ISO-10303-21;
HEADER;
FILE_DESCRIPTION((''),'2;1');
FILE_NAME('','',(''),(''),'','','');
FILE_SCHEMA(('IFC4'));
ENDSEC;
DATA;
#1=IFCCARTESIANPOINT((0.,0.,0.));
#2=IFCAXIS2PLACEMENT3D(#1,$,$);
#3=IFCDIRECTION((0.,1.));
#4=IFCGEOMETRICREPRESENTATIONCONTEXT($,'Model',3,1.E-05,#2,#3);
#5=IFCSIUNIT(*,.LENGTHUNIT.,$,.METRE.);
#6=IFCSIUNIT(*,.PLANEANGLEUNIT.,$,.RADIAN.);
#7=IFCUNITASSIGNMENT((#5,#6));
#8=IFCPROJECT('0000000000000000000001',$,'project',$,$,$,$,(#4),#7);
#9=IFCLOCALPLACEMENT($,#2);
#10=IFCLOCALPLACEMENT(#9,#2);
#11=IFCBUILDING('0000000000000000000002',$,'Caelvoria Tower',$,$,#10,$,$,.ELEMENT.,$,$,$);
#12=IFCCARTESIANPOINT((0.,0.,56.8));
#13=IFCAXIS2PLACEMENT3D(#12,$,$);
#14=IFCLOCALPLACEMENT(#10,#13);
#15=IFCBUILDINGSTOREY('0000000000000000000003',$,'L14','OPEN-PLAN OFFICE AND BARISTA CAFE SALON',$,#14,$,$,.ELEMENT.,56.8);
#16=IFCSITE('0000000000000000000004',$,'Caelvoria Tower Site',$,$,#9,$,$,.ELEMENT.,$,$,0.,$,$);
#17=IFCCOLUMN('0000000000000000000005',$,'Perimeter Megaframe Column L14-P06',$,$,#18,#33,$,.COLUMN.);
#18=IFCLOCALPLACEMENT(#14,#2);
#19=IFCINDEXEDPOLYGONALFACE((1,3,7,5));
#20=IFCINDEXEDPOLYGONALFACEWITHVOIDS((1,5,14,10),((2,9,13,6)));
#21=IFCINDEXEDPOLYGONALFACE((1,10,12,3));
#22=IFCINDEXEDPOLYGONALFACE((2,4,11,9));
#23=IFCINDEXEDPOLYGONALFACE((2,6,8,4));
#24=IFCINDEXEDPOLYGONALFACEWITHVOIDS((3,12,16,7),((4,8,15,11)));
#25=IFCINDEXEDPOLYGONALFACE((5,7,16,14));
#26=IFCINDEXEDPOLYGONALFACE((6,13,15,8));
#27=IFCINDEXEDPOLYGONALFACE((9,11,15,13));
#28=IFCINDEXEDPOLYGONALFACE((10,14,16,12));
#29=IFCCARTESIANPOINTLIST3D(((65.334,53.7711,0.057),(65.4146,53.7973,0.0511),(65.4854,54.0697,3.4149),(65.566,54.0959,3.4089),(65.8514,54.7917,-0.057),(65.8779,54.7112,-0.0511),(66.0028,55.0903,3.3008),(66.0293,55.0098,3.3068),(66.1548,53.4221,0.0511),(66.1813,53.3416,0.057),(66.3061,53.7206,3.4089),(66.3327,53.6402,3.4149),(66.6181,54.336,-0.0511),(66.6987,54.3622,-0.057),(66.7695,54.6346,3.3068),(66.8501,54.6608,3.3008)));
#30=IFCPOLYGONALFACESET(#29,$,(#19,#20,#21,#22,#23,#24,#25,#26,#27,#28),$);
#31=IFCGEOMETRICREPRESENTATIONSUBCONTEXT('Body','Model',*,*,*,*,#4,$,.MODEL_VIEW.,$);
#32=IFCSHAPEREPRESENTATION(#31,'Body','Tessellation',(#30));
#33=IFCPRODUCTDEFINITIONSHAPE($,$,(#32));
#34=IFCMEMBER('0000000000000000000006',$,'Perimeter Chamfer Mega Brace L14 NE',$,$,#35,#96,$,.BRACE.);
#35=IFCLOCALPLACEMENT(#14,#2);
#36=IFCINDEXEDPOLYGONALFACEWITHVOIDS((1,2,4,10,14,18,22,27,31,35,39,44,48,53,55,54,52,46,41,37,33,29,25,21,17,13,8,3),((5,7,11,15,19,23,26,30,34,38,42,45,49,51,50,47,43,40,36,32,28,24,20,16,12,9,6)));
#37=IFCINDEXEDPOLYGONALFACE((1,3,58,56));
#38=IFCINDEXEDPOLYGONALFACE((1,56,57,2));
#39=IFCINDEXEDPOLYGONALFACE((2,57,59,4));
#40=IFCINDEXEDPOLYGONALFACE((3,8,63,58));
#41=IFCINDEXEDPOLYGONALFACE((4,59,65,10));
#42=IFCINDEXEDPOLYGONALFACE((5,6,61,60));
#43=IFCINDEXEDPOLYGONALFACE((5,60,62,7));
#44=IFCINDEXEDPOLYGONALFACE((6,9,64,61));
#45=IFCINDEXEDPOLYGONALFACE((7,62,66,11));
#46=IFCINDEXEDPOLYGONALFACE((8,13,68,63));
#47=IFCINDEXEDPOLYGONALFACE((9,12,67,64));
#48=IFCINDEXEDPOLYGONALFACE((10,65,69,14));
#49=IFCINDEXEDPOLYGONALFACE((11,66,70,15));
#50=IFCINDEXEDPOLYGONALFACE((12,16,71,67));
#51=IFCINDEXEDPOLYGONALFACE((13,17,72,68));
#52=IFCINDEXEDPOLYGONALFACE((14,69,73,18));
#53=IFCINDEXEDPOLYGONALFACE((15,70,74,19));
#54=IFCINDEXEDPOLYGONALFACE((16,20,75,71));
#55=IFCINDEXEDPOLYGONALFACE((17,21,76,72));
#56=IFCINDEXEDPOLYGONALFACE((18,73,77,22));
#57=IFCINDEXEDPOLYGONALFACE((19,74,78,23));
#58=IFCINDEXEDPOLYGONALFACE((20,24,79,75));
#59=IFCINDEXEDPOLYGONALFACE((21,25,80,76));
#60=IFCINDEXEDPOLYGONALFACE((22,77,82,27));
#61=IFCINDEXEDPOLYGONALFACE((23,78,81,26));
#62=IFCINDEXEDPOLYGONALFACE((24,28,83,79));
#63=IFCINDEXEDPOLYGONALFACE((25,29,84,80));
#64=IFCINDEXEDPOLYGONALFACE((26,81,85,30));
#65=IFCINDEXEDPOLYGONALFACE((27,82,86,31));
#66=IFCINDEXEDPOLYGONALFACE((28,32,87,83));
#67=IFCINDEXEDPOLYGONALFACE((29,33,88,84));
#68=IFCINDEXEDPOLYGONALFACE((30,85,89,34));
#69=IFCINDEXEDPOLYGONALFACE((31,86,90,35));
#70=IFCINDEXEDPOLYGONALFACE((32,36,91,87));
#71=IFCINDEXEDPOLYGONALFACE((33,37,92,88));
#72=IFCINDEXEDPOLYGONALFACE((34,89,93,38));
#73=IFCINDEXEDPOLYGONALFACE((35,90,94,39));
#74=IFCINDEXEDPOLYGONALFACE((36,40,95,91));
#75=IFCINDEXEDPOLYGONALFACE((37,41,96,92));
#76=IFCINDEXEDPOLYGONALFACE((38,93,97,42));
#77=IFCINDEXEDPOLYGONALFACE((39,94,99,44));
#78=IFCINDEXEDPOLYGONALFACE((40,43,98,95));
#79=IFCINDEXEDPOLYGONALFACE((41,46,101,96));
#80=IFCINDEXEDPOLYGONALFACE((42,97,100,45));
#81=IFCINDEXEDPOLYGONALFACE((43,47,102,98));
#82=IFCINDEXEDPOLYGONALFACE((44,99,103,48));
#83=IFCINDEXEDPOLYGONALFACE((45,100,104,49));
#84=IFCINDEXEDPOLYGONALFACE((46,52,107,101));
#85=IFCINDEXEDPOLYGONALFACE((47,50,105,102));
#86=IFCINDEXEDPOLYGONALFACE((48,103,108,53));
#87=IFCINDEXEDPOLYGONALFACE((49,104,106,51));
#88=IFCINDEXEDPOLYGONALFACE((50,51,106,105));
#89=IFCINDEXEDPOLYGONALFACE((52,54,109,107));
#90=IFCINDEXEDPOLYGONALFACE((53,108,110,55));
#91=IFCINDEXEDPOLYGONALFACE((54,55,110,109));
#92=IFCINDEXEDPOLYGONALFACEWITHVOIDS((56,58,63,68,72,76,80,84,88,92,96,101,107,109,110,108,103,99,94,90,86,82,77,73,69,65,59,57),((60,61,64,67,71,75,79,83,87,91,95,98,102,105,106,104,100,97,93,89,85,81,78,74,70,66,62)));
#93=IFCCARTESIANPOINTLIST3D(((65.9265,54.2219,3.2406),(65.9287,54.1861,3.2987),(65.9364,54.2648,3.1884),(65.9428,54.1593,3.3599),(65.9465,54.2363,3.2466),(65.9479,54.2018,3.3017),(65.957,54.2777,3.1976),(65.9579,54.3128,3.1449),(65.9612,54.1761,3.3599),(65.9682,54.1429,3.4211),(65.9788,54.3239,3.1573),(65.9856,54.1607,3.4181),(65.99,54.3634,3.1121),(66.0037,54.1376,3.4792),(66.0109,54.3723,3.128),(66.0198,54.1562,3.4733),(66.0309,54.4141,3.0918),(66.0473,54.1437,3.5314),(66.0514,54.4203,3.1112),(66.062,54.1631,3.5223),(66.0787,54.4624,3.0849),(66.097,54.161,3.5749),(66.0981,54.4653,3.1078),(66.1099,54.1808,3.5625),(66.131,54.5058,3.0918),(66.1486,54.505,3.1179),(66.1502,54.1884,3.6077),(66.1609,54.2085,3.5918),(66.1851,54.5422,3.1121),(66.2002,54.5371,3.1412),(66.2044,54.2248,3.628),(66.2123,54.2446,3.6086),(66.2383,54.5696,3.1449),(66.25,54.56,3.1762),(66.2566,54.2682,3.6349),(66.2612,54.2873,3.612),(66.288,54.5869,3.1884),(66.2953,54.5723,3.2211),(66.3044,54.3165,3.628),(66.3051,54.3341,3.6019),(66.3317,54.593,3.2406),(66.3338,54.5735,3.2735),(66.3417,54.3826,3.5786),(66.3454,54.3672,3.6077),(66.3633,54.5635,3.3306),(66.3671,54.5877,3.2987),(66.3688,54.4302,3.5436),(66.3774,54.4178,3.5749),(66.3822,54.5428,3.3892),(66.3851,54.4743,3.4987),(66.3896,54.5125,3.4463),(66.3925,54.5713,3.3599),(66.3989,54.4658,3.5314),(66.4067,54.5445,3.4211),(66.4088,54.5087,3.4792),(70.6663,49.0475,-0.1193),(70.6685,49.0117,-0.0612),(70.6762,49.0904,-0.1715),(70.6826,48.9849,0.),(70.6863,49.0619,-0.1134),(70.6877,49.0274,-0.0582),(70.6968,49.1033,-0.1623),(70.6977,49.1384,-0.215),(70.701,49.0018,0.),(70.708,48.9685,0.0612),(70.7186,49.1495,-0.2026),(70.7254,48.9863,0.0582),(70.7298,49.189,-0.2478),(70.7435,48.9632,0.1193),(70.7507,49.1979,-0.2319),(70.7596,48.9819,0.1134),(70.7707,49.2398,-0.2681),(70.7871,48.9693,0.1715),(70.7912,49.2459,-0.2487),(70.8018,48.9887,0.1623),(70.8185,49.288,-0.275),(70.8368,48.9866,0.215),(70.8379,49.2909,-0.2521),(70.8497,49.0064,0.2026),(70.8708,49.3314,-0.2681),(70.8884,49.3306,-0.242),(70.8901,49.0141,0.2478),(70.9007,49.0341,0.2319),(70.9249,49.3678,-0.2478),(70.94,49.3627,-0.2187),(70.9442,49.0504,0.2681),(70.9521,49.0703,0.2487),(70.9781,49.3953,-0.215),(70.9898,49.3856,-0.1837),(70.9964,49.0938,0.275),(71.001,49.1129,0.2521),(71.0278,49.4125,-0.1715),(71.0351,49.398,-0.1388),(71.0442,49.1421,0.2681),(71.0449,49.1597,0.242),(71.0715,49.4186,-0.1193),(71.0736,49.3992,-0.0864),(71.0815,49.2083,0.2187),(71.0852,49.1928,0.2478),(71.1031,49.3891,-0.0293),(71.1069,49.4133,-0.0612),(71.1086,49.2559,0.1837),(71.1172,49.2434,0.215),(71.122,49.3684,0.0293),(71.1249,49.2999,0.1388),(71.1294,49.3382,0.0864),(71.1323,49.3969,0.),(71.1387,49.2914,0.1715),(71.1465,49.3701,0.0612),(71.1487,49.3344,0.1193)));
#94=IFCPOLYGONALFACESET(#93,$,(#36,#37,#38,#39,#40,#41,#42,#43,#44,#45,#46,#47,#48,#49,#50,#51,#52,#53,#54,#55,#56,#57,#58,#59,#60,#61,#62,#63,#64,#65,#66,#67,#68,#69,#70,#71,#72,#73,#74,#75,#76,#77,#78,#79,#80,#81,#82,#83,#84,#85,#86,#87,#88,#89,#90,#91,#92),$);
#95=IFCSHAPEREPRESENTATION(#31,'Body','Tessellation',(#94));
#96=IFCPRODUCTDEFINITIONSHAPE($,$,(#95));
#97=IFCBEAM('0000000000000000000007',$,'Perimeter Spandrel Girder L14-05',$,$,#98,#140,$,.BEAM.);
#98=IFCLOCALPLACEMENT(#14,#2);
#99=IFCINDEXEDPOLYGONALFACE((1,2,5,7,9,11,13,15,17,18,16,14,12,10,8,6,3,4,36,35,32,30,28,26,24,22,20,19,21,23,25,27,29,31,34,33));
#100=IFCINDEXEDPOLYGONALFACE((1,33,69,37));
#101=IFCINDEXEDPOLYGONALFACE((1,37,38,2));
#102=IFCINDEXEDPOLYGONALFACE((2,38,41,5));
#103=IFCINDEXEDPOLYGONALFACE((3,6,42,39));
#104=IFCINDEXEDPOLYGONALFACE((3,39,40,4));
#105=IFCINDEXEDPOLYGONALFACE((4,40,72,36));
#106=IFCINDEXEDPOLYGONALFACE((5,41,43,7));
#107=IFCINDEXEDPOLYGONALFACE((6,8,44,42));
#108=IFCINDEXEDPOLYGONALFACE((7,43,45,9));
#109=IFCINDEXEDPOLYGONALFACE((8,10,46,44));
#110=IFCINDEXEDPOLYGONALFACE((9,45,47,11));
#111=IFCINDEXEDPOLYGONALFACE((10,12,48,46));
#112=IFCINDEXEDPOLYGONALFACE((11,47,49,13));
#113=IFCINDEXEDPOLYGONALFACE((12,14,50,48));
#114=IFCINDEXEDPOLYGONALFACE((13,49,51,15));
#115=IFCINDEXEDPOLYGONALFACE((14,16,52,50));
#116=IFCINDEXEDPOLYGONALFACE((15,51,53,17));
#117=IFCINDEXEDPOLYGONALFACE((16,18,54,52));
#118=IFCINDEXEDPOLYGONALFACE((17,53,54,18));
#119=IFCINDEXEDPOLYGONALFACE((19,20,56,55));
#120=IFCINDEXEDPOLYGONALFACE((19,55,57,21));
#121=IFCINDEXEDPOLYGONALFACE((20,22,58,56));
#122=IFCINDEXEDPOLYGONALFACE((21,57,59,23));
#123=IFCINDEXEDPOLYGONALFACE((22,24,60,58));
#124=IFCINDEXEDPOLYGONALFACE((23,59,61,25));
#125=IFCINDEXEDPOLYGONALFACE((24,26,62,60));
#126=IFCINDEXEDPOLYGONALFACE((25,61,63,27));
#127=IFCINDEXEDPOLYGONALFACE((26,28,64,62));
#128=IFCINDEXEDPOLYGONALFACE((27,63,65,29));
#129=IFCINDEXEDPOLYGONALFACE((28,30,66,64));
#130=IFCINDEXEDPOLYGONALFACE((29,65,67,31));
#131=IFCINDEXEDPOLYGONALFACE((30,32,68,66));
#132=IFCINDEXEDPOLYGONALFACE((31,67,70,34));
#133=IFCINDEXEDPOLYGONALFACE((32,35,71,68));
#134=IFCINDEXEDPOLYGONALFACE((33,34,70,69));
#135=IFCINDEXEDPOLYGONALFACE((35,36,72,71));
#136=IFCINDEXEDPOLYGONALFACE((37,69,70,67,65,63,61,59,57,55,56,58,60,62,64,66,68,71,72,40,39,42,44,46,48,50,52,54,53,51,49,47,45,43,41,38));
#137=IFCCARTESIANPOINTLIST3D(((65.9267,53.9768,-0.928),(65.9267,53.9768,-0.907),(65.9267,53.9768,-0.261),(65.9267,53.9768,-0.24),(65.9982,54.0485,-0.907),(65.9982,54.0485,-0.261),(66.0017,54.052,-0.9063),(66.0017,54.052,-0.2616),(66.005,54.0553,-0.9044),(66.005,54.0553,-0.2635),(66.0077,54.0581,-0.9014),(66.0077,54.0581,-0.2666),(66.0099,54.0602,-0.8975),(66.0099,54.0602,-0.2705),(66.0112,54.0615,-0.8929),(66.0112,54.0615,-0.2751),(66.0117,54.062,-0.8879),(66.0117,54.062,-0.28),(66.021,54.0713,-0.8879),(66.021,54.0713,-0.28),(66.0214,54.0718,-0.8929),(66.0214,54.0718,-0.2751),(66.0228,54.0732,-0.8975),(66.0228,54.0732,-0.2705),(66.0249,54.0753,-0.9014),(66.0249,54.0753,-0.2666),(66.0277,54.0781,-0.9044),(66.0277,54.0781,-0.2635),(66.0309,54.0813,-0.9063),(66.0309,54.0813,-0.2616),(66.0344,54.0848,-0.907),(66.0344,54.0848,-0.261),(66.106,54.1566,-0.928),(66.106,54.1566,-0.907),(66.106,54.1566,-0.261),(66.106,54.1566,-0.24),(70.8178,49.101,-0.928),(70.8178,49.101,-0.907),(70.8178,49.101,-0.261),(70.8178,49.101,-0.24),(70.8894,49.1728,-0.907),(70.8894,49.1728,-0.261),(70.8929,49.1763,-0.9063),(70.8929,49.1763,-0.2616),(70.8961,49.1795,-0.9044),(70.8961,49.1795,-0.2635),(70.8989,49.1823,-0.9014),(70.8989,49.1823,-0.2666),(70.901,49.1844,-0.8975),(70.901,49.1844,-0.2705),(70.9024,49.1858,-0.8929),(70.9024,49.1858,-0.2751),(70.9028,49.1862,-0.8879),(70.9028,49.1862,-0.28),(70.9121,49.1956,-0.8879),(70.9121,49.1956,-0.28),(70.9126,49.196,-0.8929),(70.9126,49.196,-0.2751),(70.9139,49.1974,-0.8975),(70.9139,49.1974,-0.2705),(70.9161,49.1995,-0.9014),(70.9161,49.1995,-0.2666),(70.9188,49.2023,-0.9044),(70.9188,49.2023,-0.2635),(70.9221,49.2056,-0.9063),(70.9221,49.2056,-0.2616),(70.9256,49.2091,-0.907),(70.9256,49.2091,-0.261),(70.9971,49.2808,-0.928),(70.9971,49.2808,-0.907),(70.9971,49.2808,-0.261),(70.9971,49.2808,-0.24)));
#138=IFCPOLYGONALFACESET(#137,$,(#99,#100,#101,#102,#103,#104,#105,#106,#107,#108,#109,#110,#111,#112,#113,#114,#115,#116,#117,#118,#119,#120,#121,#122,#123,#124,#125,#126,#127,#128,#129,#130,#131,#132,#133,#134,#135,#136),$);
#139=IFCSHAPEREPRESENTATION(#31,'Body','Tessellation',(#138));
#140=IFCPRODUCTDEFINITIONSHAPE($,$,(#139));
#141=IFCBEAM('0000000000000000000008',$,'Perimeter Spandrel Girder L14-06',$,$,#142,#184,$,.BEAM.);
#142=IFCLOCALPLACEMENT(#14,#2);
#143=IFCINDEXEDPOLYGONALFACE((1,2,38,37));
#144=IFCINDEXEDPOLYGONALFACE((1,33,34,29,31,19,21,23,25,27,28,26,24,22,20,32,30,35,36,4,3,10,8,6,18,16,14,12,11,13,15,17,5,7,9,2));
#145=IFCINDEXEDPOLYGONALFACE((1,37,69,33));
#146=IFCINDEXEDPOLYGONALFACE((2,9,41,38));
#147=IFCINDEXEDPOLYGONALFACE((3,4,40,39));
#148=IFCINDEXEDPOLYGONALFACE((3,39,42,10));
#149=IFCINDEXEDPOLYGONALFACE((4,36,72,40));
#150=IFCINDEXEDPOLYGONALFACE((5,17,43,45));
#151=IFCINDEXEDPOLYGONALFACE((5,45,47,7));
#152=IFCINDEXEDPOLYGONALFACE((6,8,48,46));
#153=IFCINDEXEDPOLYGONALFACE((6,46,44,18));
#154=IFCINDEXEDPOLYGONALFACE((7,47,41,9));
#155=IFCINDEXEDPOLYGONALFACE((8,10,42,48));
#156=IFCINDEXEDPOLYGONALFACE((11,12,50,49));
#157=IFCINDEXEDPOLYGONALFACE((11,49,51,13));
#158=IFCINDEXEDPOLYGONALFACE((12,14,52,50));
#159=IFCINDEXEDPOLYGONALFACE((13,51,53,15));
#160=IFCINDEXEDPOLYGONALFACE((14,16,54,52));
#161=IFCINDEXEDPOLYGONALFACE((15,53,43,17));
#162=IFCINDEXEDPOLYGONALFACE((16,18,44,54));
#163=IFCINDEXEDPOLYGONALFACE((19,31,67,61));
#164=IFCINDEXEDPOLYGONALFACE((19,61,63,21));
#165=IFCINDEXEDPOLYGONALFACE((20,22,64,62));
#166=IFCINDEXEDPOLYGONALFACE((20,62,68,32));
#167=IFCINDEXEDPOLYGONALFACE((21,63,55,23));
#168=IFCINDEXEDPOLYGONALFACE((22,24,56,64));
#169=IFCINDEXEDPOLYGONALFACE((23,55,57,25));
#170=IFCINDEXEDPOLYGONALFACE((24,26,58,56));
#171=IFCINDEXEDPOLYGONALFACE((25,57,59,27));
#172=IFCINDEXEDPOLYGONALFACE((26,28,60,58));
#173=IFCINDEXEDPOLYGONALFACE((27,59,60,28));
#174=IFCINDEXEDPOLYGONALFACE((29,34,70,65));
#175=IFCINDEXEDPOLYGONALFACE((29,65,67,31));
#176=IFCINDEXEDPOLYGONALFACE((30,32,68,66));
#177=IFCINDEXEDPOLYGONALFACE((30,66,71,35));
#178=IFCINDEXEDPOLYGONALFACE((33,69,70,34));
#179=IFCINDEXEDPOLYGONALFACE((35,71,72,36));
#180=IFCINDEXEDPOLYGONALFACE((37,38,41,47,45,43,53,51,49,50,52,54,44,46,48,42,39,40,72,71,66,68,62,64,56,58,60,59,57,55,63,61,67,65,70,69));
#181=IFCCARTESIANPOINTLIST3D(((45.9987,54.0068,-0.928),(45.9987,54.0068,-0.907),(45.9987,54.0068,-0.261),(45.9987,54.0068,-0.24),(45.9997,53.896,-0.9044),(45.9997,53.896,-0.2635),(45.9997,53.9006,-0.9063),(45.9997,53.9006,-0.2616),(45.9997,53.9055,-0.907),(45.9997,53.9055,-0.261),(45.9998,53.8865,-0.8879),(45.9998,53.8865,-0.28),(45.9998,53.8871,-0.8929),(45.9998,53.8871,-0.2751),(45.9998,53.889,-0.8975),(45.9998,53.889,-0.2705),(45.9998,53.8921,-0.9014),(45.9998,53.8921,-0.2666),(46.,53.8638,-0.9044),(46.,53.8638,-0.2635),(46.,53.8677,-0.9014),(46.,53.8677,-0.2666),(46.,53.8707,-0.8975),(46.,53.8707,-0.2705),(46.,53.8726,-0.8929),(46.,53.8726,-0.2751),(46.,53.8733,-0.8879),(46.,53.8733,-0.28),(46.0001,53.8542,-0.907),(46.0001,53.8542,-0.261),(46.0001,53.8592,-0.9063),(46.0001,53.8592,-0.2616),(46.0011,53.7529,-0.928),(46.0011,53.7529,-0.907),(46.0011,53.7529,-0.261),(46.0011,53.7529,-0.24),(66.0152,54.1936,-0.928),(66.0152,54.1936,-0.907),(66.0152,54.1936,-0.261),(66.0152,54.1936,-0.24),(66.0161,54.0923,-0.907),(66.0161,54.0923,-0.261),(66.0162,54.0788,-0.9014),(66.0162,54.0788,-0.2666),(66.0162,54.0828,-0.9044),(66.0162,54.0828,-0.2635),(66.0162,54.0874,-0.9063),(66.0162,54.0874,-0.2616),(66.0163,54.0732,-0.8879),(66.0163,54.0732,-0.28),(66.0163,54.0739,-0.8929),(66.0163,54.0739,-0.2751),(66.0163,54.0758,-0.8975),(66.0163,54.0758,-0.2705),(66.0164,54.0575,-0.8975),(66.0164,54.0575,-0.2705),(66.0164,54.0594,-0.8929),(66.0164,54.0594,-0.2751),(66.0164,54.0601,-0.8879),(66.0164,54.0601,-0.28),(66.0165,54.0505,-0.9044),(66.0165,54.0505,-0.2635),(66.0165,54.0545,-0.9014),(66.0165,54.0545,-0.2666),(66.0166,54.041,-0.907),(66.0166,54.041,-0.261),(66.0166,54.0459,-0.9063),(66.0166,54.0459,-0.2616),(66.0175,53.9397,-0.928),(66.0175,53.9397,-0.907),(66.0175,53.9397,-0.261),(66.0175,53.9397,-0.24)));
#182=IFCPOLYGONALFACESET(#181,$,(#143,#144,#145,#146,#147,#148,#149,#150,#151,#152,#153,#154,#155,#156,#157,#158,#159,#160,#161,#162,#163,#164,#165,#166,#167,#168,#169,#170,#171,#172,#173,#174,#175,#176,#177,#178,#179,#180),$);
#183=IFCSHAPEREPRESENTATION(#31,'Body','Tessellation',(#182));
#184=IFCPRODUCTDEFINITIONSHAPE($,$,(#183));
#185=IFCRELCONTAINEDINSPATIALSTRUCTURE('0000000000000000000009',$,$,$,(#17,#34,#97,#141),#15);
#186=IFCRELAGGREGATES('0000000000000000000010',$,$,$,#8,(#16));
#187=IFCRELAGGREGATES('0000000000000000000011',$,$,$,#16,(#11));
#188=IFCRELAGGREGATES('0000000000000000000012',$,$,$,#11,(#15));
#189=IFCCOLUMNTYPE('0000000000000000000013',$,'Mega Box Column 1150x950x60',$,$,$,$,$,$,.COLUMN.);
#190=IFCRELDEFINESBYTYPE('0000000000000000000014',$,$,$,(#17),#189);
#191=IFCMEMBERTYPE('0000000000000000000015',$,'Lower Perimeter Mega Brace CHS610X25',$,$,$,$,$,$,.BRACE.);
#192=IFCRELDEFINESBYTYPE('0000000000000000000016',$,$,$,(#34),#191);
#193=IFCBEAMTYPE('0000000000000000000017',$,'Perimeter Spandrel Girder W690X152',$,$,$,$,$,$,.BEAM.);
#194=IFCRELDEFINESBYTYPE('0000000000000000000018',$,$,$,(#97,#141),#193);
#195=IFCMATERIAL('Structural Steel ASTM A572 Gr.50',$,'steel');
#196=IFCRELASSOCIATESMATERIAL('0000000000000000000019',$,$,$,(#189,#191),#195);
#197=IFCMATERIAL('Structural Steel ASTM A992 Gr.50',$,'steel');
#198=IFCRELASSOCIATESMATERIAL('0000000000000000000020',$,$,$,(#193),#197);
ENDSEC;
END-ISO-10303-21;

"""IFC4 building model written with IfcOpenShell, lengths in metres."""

from ifc_helpers import new_model, si_unit, direction, frame, origin, origin_2d, place, context, subcontext, project, spatial, hollow_rectangle, hollow_circle, i_section, extrude, material, material_profile, profile_set, type_object, element, save


model = new_model("IFC4")

# Units and contexts
model_context = context("Model", 3, precision=1e-05, world=origin(), true_north=direction((0.0, 1.0)))
body_context = subcontext(model_context, "Body", "Model", "MODEL_VIEW")
ifc_project = project(units=[si_unit("LENGTHUNIT", "METRE"), si_unit("PLANEANGLEUNIT", "RADIAN")], contexts=[model_context])

# Site, building, storey
site_placement = place(None, origin())
site = spatial("IfcSite", under=ifc_project, at=site_placement, Name="Caelvoria Tower Site", CompositionType="ELEMENT", RefElevation=0.0)
building_placement = place(site_placement, origin())
building = spatial("IfcBuilding", under=site, at=building_placement, Name="Caelvoria Tower", CompositionType="ELEMENT")
storey_placement = place(building_placement, frame((0.0, 0.0, 56.8)))
storey = spatial("IfcBuildingStorey", under=building, at=storey_placement, Name="L14", Description="OPEN-PLAN OFFICE AND BARISTA CAFE SALON", CompositionType="ELEMENT", Elevation=56.8)

# Column
ifc_material_1 = material(Name="Structural Steel ASTM A572 Gr.50", Category="steel")
ifc_material_profile_1 = material_profile(ifc_material_1, hollow_rectangle(XDim=0.95, YDim=1.1499, WallThickness=0.0601, at=origin_2d()), Name="Structural Steel ASTM A572 Gr.50")
ifc_profile_set_1 = profile_set([ifc_material_profile_1], Name="BOX1150X950X60 - Structural Steel ASTM A572 Gr.50")
column_type = type_object("IfcColumnType", Name="Mega Box Column 1150x950x60", PredefinedType="COLUMN", material=ifc_profile_set_1)
column_placement = place(storey_placement, frame((66.0164, 54.0667, 0.0), z_axis=(0.044855, 0.088481, 0.995067), x_axis=(-0.891934, 0.452166, 0.0)))
element("IfcColumn", 1, at=column_placement, inside=storey, type_object=column_type, Name="Perimeter Megaframe Column L14-P06", PredefinedType="COLUMN", context=body_context, shape_type="SweptSolid", body=[
    extrude(hollow_rectangle(XDim=0.95, YDim=1.1499, WallThickness=0.0601, at=origin_2d()), origin(), (0.0, 0.0, 1.0), 3.3745),
])

# Member
ifc_material_profile_2 = material_profile(ifc_material_1, hollow_circle(Radius=0.3049, WallThickness=0.0249, at=origin_2d()), Name="Structural Steel ASTM A572 Gr.50")
ifc_profile_set_2 = profile_set([ifc_material_profile_2], Name="CHS610X25 - Structural Steel ASTM A572 Gr.50")
member_type = type_object("IfcMemberType", Name="Lower Perimeter Mega Brace CHS610X25", PredefinedType="BRACE", material=ifc_profile_set_2)
member_placement = place(storey_placement, frame((70.9075, 49.1909, 0.0), z_axis=(-0.609227, 0.665085, 0.431863), x_axis=(-0.737394, -0.675463, 0.0)))
element("IfcMember", 2, at=member_placement, inside=storey, type_object=member_type, Name="Perimeter Chamfer Mega Brace L14 NE", PredefinedType="BRACE", context=body_context, shape_type="SweptSolid", body=[
    extrude(hollow_circle(Radius=0.3049, WallThickness=0.0249, at=origin_2d()), origin(), (0.0, 0.0, 1.0), 7.78),
])

# Beams
ifc_material_2 = material(Name="Structural Steel ASTM A992 Gr.50", Category="steel")
ifc_material_profile_3 = material_profile(ifc_material_2, i_section(OverallWidth=0.2539, OverallDepth=0.688, WebThickness=0.0132, FlangeThickness=0.021, FilletRadius=0.019, at=origin_2d()), Name="Structural Steel ASTM A992 Gr.50")
ifc_profile_set_3 = profile_set([ifc_material_profile_3], Name="W690X152 - Structural Steel ASTM A992 Gr.50")
beam_type = type_object("IfcBeamType", Name="Perimeter Spandrel Girder W690X152", PredefinedType="BEAM", material=ifc_profile_set_3)
beam_1_placement = place(storey_placement, frame((70.9075, 49.1909, -0.584), z_axis=(-0.708219, 0.705992, 0.0), x_axis=(-0.705992, -0.708219, 0.0)))
element("IfcBeam", 3, at=beam_1_placement, inside=storey, type_object=beam_type, Name="Perimeter Spandrel Girder L14-05", PredefinedType="BEAM", context=body_context, shape_type="SweptSolid", body=[
    extrude(i_section(OverallWidth=0.2539, OverallDepth=0.688, WebThickness=0.0132, FlangeThickness=0.021, FilletRadius=0.019, at=origin_2d()), origin(), (0.0, 0.0, 1.0), 6.9062),
])
beam_2_placement = place(storey_placement, frame((66.0164, 54.0667, -0.584), z_axis=(-0.999956, -0.00933, 0.0), x_axis=(0.00933, -0.999956, 0.0)))
element("IfcBeam", 4, at=beam_2_placement, inside=storey, type_object=beam_type, Name="Perimeter Spandrel Girder L14-06", PredefinedType="BEAM", context=body_context, shape_type="SweptSolid", body=[
    extrude(i_section(OverallWidth=0.2539, OverallDepth=0.688, WebThickness=0.0132, FlangeThickness=0.021, FilletRadius=0.019, at=origin_2d()), origin(), (0.0, 0.0, 1.0), 20.0173),
])

save(model, "model.ifc")
